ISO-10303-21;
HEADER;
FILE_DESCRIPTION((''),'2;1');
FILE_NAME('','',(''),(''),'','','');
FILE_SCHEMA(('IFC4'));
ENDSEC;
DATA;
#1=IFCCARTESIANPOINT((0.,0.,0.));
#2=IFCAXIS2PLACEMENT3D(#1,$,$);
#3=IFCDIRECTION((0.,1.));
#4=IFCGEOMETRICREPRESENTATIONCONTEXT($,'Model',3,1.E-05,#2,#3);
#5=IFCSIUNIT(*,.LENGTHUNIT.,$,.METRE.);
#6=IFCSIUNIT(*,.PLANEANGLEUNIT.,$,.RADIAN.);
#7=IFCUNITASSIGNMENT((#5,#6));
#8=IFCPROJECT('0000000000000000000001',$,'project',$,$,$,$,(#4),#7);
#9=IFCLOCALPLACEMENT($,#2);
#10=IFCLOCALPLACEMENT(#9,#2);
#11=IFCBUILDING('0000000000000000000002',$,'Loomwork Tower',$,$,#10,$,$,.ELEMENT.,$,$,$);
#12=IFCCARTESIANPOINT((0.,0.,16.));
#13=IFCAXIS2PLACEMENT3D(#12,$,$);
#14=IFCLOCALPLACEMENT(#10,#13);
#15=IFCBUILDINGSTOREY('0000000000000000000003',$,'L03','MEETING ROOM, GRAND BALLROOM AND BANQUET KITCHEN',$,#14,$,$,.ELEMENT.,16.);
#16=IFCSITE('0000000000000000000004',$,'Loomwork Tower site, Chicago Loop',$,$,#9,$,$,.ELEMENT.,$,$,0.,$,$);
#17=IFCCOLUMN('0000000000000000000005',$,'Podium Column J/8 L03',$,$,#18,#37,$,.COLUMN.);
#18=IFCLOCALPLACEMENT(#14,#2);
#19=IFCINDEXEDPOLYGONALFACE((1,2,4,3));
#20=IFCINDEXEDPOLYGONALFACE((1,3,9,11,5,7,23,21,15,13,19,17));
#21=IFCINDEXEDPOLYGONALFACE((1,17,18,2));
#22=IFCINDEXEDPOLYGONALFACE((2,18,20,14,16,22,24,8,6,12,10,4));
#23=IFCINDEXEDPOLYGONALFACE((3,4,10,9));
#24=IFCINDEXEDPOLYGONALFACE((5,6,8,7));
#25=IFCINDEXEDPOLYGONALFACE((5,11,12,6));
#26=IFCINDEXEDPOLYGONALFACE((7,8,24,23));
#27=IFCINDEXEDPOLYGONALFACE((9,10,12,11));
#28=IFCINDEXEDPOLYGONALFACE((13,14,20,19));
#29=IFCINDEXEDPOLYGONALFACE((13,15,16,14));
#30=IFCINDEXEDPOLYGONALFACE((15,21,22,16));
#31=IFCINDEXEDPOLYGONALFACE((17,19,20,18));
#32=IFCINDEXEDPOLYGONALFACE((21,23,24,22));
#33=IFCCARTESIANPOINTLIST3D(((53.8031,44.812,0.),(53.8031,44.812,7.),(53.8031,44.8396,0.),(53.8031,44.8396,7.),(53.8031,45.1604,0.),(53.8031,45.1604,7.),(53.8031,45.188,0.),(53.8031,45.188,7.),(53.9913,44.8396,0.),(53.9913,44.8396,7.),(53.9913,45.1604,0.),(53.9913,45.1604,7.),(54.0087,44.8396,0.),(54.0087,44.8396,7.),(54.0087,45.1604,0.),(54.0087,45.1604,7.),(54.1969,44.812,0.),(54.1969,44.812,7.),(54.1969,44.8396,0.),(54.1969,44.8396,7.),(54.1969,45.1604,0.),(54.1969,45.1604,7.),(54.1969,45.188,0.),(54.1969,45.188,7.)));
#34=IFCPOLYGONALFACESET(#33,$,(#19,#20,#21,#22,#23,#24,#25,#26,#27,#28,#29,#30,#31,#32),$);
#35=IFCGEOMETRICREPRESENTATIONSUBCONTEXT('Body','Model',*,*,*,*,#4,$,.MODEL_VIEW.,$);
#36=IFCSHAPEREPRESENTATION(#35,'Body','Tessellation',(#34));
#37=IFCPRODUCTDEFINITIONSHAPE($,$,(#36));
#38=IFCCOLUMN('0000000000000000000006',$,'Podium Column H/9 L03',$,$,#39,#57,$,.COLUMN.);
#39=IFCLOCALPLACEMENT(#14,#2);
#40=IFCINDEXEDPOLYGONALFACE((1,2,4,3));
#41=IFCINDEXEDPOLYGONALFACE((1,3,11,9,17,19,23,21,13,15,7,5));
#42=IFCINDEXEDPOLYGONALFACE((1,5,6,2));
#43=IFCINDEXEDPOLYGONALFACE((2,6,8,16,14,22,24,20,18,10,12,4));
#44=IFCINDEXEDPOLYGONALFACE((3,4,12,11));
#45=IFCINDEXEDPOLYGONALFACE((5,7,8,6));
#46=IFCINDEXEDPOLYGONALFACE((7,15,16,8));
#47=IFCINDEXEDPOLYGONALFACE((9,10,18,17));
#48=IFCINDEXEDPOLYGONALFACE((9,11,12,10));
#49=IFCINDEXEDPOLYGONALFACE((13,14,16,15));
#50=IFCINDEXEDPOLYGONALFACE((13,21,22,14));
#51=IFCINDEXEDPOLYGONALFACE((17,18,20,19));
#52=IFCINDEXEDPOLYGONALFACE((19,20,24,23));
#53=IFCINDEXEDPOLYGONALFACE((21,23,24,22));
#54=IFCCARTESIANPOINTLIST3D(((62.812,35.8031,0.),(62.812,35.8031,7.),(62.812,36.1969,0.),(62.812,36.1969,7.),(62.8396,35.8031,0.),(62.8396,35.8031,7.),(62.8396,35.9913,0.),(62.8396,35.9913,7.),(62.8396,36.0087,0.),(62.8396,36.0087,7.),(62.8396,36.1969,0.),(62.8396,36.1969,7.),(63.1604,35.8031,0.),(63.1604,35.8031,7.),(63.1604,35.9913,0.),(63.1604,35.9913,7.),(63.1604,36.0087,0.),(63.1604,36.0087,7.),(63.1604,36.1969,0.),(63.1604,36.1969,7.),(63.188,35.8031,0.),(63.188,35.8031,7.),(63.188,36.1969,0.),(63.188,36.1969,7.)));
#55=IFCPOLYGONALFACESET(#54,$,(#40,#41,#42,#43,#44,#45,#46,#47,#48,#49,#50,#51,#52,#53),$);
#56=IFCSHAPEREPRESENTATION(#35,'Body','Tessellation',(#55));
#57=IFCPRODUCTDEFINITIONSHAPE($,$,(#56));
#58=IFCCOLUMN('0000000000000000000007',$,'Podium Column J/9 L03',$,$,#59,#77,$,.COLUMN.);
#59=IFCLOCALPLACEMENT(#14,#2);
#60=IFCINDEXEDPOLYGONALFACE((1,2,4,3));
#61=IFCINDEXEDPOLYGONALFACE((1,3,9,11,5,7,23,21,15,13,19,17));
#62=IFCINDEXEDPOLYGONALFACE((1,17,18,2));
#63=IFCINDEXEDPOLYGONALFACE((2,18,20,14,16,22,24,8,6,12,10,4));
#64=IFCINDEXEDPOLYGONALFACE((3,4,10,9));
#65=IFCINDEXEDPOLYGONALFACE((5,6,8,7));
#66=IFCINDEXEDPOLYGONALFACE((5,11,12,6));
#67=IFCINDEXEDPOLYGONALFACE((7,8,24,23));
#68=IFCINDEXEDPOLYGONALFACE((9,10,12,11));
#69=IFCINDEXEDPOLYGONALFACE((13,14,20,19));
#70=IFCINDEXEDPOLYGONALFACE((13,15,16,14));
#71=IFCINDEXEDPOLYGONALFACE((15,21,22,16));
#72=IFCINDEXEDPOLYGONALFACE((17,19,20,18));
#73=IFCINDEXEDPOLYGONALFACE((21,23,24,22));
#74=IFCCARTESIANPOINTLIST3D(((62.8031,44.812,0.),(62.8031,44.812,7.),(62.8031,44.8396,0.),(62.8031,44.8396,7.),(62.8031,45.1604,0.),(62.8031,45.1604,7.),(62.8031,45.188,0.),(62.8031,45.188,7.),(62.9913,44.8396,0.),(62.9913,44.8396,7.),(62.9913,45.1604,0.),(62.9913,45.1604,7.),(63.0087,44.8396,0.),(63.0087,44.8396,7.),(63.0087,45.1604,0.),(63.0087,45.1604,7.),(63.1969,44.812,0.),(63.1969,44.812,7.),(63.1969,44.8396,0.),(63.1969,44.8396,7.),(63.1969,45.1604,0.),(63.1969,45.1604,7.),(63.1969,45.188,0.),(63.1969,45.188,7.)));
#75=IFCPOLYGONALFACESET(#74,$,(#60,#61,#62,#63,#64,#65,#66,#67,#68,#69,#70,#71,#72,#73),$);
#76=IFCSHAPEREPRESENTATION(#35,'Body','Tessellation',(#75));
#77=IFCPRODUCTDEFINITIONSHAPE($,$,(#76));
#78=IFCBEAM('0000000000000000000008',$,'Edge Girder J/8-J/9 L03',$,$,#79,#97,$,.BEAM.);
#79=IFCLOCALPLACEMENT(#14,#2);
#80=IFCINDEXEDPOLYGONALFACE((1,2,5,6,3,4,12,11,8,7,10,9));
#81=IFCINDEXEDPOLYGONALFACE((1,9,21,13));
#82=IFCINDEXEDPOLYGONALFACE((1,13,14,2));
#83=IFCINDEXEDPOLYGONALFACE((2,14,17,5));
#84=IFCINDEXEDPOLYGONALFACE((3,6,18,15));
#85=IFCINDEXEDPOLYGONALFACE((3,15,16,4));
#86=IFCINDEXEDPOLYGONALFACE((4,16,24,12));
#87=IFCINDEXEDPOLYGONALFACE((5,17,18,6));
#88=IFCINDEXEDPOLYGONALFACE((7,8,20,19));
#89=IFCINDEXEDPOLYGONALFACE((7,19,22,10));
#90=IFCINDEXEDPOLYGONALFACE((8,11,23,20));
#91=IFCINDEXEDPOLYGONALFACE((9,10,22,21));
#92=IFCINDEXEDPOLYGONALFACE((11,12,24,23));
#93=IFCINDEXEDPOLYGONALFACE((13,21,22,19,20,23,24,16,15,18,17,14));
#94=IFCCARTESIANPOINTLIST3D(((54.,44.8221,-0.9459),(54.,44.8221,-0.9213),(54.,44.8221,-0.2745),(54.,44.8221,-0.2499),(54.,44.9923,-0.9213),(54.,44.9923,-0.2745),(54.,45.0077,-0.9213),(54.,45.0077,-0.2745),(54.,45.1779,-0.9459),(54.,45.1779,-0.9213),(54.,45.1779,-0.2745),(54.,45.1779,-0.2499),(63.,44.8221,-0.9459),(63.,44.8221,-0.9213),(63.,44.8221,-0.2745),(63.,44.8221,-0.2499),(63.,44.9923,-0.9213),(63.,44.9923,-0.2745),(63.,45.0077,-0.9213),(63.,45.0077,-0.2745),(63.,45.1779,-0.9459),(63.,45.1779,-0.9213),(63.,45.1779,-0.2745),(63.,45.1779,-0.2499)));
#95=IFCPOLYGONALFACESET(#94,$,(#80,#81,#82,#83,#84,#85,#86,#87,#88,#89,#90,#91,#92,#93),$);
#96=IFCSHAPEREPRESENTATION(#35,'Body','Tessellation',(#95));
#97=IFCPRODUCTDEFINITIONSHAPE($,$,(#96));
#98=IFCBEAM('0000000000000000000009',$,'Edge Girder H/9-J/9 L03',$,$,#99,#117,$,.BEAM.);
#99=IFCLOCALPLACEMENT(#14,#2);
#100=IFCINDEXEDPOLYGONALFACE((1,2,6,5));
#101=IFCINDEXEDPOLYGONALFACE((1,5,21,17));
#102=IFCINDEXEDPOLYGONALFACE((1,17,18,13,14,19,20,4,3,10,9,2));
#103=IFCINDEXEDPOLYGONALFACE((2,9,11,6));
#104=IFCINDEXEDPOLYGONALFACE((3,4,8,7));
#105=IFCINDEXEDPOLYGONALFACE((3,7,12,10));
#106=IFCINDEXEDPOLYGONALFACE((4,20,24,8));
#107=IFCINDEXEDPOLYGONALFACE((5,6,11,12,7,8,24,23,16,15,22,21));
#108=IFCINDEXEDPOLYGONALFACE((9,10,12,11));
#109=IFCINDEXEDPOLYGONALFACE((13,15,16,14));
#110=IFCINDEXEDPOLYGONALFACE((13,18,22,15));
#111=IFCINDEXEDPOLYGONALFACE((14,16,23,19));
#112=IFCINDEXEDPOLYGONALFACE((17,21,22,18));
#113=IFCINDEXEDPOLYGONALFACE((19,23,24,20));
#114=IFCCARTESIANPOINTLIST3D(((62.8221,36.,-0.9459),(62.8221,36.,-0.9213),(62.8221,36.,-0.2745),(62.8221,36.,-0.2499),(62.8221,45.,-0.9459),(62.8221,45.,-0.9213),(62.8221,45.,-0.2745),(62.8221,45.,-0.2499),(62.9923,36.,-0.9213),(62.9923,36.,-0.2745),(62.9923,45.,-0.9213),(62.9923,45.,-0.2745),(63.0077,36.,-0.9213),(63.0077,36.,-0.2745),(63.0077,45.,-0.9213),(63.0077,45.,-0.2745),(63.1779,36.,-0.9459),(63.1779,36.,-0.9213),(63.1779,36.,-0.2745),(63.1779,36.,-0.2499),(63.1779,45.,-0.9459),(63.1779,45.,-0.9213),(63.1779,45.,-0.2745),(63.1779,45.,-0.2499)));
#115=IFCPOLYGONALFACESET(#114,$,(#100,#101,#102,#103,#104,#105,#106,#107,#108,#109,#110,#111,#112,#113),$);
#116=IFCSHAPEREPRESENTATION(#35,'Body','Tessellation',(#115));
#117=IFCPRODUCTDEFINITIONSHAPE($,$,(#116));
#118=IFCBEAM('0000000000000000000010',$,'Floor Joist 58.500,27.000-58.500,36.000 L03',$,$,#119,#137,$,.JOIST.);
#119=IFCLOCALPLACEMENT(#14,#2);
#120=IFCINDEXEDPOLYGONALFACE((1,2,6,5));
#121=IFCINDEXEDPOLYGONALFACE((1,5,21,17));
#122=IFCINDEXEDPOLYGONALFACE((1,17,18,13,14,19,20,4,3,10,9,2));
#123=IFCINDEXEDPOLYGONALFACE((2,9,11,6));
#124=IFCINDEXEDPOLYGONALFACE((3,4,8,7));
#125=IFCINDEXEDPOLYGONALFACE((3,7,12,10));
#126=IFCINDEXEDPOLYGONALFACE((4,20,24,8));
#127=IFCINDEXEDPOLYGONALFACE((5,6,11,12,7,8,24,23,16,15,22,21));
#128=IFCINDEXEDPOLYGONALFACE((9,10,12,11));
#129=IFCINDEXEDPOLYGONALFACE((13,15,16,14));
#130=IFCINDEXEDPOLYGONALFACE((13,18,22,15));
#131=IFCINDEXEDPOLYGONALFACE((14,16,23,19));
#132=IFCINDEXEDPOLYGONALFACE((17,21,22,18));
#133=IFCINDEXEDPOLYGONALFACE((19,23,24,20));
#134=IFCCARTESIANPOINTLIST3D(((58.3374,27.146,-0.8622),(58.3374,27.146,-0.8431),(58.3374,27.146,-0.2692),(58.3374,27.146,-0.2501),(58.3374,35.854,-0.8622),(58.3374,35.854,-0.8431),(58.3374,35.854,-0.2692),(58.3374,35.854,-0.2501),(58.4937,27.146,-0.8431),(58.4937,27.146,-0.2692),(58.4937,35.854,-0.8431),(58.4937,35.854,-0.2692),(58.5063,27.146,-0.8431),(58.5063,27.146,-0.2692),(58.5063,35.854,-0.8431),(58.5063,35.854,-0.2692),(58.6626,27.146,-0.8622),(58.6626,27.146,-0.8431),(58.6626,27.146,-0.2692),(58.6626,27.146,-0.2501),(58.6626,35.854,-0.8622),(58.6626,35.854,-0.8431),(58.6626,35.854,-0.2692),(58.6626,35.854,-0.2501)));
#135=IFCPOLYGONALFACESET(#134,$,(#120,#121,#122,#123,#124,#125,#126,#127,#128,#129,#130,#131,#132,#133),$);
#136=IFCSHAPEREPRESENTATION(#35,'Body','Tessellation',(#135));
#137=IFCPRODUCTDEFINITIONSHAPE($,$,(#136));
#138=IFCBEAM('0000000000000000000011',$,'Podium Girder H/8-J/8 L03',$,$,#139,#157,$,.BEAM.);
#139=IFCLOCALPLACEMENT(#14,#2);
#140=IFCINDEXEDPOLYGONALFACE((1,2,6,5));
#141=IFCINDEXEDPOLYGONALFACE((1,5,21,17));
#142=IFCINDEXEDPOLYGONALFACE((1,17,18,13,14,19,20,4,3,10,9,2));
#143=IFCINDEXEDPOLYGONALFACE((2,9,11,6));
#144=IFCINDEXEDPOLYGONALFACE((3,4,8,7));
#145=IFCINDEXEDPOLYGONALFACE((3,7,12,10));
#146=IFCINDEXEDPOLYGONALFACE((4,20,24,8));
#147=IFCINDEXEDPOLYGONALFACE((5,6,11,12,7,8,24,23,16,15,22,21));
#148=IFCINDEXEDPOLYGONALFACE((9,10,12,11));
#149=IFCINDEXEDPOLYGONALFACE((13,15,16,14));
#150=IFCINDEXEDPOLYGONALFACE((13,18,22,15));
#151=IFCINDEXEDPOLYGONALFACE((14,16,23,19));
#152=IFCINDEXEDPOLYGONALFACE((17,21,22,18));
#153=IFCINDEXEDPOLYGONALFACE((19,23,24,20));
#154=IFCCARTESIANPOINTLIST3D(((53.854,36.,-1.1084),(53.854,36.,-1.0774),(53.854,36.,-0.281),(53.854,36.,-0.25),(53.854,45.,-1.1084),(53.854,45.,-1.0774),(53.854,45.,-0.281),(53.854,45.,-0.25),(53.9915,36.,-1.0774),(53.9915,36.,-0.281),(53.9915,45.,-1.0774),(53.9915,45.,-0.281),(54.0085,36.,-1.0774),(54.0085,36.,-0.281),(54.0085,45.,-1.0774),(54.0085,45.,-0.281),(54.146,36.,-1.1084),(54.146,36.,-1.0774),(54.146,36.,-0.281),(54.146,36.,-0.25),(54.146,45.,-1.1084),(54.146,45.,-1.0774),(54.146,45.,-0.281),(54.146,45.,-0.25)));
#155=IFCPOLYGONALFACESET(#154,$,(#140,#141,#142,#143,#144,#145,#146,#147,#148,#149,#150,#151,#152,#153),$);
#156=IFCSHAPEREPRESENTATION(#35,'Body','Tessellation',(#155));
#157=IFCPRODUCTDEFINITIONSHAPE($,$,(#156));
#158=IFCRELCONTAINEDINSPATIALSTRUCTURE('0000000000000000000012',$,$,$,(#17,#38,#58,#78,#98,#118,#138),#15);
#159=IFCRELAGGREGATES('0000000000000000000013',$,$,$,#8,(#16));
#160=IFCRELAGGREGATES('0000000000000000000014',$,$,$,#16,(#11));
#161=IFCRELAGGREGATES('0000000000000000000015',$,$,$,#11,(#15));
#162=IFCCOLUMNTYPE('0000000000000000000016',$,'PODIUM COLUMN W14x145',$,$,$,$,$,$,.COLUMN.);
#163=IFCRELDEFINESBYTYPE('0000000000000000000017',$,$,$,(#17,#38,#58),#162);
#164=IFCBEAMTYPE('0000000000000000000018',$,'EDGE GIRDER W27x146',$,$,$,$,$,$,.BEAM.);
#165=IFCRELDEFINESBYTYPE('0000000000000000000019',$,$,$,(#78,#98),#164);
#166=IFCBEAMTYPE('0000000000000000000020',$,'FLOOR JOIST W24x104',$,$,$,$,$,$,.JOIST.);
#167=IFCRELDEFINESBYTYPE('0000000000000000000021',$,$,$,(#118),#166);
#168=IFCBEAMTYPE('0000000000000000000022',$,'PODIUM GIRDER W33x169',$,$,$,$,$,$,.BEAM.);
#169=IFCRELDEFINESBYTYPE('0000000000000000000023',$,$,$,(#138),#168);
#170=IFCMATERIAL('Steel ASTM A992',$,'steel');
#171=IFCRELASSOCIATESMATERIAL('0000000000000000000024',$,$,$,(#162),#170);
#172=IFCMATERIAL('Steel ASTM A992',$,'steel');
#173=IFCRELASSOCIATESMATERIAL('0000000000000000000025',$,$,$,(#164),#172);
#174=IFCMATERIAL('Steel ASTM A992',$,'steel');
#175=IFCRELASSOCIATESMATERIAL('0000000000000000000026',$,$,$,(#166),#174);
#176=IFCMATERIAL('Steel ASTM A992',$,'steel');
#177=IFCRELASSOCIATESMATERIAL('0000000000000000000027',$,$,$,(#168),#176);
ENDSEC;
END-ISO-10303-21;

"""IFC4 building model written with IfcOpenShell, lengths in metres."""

from ifc_helpers import new_model, si_unit, direction, frame, origin, origin_2d, place, context, subcontext, project, spatial, i_section, extrude, material, material_profile, profile_set, type_object, element, save


model = new_model("IFC4")

# Units and contexts
model_context = context("Model", 3, precision=1e-05, world=origin(), true_north=direction((0.0, 1.0)))
body_context = subcontext(model_context, "Body", "Model", "MODEL_VIEW")
ifc_project = project(units=[si_unit("LENGTHUNIT", "METRE"), si_unit("PLANEANGLEUNIT", "RADIAN")], contexts=[model_context])

# Site, building, storey
site_placement = place(None, origin())
site = spatial("IfcSite", under=ifc_project, at=site_placement, Name="Loomwork Tower site, Chicago Loop", CompositionType="ELEMENT", RefElevation=0.0)
building_placement = place(site_placement, origin())
building = spatial("IfcBuilding", under=site, at=building_placement, Name="Loomwork Tower", CompositionType="ELEMENT")
storey_placement = place(building_placement, frame((0.0, 0.0, 16.0)))
storey = spatial("IfcBuildingStorey", under=building, at=storey_placement, Name="L03", Description="MEETING ROOM, GRAND BALLROOM AND BANQUET KITCHEN", CompositionType="ELEMENT", Elevation=16.0)

# Columns
ifc_material_1 = material(Name="Steel ASTM A992", Category="steel")
ifc_material_profile_1 = material_profile(ifc_material_1, i_section(OverallWidth=0.3938, OverallDepth=0.376, WebThickness=0.0173, FlangeThickness=0.0276, at=origin_2d()), Name="W14x145")
ifc_profile_set_1 = profile_set([ifc_material_profile_1], Name="Steel ASTM A992")
column_type = type_object("IfcColumnType", Name="PODIUM COLUMN W14x145", PredefinedType="COLUMN", material=ifc_profile_set_1)
for number, where, z_axis, x_axis, name in (
    (1, (54.0, 45.0, 0.0), (0.0, 0.0, 1.0), (1.0, 0.0, 0.0), "Podium Column J/8 L03"),
    (2, (63.0, 36.0, 0.0), (0.0, 0.0, 1.0), (0.0, 1.0, 0.0), "Podium Column H/9 L03"),
    (3, (63.0, 45.0, 0.0), (0.0, 0.0, 1.0), (1.0, 0.0, 0.0), "Podium Column J/9 L03"),
):
    element("IfcColumn", number, at=place(storey_placement, frame(where, z_axis=z_axis, x_axis=x_axis)), inside=storey, type_object=column_type, Name=name, PredefinedType="COLUMN", context=body_context, shape_type="SweptSolid", body=[
        extrude(i_section(OverallWidth=0.3938, OverallDepth=0.376, WebThickness=0.0173, FlangeThickness=0.0276, at=origin_2d()), origin(), (0.0, 0.0, 1.0), 7.0),
    ])

# Beams
ifc_material_2 = material(Name="Steel ASTM A992", Category="steel")
ifc_material_profile_2 = material_profile(ifc_material_2, i_section(OverallWidth=0.3557, OverallDepth=0.696, WebThickness=0.0154, FlangeThickness=0.0247, at=origin_2d()), Name="W27x146")
ifc_profile_set_2 = profile_set([ifc_material_profile_2], Name="Steel ASTM A992")
beam_type_1 = type_object("IfcBeamType", Name="EDGE GIRDER W27x146", PredefinedType="BEAM", material=ifc_profile_set_2)
for number, where, z_axis, x_axis, name in (
    (4, (54.0, 45.0, -0.5979), (1.0, 0.0, 0.0), (0.0, 1.0, 0.0), "Edge Girder J/8-J/9 L03"),
    (5, (63.0, 36.0, -0.5979), (0.0, 1.0, 0.0), (-1.0, 0.0, 0.0), "Edge Girder H/9-J/9 L03"),
):
    element("IfcBeam", number, at=place(storey_placement, frame(where, z_axis=z_axis, x_axis=x_axis)), inside=storey, type_object=beam_type_1, Name=name, PredefinedType="BEAM", context=body_context, shape_type="SweptSolid", body=[
        extrude(i_section(OverallWidth=0.3557, OverallDepth=0.696, WebThickness=0.0154, FlangeThickness=0.0247, at=origin_2d()), origin(), (0.0, 0.0, 1.0), 9.0),
    ])
ifc_material_3 = material(Name="Steel ASTM A992", Category="steel")
ifc_material_profile_3 = material_profile(ifc_material_3, i_section(OverallWidth=0.3252, OverallDepth=0.6121, WebThickness=0.0127, FlangeThickness=0.019, at=origin_2d()), Name="W24x104")
ifc_profile_set_3 = profile_set([ifc_material_profile_3], Name="Steel ASTM A992")
beam_type_2 = type_object("IfcBeamType", Name="FLOOR JOIST W24x104", PredefinedType="JOIST", material=ifc_profile_set_3)
beam_1_placement = place(storey_placement, frame((58.5, 27.146, -0.5562), z_axis=(0.0, 1.0, 0.0), x_axis=(-1.0, 0.0, 0.0)))
element("IfcBeam", 6, at=beam_1_placement, inside=storey, type_object=beam_type_2, Name="Floor Joist 58.500,27.000-58.500,36.000 L03", PredefinedType="JOIST", context=body_context, shape_type="SweptSolid", body=[
    extrude(i_section(OverallWidth=0.3252, OverallDepth=0.6121, WebThickness=0.0127, FlangeThickness=0.019, at=origin_2d()), origin(), (0.0, 0.0, 1.0), 8.708),
])
ifc_material_4 = material(Name="Steel ASTM A992", Category="steel")
ifc_material_profile_4 = material_profile(ifc_material_4, i_section(OverallWidth=0.292, OverallDepth=0.8584, WebThickness=0.0171, FlangeThickness=0.031, at=origin_2d()), Name="W33x169")
ifc_profile_set_4 = profile_set([ifc_material_profile_4], Name="Steel ASTM A992")
beam_type_3 = type_object("IfcBeamType", Name="PODIUM GIRDER W33x169", PredefinedType="BEAM", material=ifc_profile_set_4)
beam_2_placement = place(storey_placement, frame((54.0, 36.0, -0.6792), z_axis=(0.0, 1.0, 0.0), x_axis=(-1.0, 0.0, 0.0)))
element("IfcBeam", 7, at=beam_2_placement, inside=storey, type_object=beam_type_3, Name="Podium Girder H/8-J/8 L03", PredefinedType="BEAM", context=body_context, shape_type="SweptSolid", body=[
    extrude(i_section(OverallWidth=0.292, OverallDepth=0.8584, WebThickness=0.0171, FlangeThickness=0.031, at=origin_2d()), origin(), (0.0, 0.0, 1.0), 9.0),
])

save(model, "model.ifc")
